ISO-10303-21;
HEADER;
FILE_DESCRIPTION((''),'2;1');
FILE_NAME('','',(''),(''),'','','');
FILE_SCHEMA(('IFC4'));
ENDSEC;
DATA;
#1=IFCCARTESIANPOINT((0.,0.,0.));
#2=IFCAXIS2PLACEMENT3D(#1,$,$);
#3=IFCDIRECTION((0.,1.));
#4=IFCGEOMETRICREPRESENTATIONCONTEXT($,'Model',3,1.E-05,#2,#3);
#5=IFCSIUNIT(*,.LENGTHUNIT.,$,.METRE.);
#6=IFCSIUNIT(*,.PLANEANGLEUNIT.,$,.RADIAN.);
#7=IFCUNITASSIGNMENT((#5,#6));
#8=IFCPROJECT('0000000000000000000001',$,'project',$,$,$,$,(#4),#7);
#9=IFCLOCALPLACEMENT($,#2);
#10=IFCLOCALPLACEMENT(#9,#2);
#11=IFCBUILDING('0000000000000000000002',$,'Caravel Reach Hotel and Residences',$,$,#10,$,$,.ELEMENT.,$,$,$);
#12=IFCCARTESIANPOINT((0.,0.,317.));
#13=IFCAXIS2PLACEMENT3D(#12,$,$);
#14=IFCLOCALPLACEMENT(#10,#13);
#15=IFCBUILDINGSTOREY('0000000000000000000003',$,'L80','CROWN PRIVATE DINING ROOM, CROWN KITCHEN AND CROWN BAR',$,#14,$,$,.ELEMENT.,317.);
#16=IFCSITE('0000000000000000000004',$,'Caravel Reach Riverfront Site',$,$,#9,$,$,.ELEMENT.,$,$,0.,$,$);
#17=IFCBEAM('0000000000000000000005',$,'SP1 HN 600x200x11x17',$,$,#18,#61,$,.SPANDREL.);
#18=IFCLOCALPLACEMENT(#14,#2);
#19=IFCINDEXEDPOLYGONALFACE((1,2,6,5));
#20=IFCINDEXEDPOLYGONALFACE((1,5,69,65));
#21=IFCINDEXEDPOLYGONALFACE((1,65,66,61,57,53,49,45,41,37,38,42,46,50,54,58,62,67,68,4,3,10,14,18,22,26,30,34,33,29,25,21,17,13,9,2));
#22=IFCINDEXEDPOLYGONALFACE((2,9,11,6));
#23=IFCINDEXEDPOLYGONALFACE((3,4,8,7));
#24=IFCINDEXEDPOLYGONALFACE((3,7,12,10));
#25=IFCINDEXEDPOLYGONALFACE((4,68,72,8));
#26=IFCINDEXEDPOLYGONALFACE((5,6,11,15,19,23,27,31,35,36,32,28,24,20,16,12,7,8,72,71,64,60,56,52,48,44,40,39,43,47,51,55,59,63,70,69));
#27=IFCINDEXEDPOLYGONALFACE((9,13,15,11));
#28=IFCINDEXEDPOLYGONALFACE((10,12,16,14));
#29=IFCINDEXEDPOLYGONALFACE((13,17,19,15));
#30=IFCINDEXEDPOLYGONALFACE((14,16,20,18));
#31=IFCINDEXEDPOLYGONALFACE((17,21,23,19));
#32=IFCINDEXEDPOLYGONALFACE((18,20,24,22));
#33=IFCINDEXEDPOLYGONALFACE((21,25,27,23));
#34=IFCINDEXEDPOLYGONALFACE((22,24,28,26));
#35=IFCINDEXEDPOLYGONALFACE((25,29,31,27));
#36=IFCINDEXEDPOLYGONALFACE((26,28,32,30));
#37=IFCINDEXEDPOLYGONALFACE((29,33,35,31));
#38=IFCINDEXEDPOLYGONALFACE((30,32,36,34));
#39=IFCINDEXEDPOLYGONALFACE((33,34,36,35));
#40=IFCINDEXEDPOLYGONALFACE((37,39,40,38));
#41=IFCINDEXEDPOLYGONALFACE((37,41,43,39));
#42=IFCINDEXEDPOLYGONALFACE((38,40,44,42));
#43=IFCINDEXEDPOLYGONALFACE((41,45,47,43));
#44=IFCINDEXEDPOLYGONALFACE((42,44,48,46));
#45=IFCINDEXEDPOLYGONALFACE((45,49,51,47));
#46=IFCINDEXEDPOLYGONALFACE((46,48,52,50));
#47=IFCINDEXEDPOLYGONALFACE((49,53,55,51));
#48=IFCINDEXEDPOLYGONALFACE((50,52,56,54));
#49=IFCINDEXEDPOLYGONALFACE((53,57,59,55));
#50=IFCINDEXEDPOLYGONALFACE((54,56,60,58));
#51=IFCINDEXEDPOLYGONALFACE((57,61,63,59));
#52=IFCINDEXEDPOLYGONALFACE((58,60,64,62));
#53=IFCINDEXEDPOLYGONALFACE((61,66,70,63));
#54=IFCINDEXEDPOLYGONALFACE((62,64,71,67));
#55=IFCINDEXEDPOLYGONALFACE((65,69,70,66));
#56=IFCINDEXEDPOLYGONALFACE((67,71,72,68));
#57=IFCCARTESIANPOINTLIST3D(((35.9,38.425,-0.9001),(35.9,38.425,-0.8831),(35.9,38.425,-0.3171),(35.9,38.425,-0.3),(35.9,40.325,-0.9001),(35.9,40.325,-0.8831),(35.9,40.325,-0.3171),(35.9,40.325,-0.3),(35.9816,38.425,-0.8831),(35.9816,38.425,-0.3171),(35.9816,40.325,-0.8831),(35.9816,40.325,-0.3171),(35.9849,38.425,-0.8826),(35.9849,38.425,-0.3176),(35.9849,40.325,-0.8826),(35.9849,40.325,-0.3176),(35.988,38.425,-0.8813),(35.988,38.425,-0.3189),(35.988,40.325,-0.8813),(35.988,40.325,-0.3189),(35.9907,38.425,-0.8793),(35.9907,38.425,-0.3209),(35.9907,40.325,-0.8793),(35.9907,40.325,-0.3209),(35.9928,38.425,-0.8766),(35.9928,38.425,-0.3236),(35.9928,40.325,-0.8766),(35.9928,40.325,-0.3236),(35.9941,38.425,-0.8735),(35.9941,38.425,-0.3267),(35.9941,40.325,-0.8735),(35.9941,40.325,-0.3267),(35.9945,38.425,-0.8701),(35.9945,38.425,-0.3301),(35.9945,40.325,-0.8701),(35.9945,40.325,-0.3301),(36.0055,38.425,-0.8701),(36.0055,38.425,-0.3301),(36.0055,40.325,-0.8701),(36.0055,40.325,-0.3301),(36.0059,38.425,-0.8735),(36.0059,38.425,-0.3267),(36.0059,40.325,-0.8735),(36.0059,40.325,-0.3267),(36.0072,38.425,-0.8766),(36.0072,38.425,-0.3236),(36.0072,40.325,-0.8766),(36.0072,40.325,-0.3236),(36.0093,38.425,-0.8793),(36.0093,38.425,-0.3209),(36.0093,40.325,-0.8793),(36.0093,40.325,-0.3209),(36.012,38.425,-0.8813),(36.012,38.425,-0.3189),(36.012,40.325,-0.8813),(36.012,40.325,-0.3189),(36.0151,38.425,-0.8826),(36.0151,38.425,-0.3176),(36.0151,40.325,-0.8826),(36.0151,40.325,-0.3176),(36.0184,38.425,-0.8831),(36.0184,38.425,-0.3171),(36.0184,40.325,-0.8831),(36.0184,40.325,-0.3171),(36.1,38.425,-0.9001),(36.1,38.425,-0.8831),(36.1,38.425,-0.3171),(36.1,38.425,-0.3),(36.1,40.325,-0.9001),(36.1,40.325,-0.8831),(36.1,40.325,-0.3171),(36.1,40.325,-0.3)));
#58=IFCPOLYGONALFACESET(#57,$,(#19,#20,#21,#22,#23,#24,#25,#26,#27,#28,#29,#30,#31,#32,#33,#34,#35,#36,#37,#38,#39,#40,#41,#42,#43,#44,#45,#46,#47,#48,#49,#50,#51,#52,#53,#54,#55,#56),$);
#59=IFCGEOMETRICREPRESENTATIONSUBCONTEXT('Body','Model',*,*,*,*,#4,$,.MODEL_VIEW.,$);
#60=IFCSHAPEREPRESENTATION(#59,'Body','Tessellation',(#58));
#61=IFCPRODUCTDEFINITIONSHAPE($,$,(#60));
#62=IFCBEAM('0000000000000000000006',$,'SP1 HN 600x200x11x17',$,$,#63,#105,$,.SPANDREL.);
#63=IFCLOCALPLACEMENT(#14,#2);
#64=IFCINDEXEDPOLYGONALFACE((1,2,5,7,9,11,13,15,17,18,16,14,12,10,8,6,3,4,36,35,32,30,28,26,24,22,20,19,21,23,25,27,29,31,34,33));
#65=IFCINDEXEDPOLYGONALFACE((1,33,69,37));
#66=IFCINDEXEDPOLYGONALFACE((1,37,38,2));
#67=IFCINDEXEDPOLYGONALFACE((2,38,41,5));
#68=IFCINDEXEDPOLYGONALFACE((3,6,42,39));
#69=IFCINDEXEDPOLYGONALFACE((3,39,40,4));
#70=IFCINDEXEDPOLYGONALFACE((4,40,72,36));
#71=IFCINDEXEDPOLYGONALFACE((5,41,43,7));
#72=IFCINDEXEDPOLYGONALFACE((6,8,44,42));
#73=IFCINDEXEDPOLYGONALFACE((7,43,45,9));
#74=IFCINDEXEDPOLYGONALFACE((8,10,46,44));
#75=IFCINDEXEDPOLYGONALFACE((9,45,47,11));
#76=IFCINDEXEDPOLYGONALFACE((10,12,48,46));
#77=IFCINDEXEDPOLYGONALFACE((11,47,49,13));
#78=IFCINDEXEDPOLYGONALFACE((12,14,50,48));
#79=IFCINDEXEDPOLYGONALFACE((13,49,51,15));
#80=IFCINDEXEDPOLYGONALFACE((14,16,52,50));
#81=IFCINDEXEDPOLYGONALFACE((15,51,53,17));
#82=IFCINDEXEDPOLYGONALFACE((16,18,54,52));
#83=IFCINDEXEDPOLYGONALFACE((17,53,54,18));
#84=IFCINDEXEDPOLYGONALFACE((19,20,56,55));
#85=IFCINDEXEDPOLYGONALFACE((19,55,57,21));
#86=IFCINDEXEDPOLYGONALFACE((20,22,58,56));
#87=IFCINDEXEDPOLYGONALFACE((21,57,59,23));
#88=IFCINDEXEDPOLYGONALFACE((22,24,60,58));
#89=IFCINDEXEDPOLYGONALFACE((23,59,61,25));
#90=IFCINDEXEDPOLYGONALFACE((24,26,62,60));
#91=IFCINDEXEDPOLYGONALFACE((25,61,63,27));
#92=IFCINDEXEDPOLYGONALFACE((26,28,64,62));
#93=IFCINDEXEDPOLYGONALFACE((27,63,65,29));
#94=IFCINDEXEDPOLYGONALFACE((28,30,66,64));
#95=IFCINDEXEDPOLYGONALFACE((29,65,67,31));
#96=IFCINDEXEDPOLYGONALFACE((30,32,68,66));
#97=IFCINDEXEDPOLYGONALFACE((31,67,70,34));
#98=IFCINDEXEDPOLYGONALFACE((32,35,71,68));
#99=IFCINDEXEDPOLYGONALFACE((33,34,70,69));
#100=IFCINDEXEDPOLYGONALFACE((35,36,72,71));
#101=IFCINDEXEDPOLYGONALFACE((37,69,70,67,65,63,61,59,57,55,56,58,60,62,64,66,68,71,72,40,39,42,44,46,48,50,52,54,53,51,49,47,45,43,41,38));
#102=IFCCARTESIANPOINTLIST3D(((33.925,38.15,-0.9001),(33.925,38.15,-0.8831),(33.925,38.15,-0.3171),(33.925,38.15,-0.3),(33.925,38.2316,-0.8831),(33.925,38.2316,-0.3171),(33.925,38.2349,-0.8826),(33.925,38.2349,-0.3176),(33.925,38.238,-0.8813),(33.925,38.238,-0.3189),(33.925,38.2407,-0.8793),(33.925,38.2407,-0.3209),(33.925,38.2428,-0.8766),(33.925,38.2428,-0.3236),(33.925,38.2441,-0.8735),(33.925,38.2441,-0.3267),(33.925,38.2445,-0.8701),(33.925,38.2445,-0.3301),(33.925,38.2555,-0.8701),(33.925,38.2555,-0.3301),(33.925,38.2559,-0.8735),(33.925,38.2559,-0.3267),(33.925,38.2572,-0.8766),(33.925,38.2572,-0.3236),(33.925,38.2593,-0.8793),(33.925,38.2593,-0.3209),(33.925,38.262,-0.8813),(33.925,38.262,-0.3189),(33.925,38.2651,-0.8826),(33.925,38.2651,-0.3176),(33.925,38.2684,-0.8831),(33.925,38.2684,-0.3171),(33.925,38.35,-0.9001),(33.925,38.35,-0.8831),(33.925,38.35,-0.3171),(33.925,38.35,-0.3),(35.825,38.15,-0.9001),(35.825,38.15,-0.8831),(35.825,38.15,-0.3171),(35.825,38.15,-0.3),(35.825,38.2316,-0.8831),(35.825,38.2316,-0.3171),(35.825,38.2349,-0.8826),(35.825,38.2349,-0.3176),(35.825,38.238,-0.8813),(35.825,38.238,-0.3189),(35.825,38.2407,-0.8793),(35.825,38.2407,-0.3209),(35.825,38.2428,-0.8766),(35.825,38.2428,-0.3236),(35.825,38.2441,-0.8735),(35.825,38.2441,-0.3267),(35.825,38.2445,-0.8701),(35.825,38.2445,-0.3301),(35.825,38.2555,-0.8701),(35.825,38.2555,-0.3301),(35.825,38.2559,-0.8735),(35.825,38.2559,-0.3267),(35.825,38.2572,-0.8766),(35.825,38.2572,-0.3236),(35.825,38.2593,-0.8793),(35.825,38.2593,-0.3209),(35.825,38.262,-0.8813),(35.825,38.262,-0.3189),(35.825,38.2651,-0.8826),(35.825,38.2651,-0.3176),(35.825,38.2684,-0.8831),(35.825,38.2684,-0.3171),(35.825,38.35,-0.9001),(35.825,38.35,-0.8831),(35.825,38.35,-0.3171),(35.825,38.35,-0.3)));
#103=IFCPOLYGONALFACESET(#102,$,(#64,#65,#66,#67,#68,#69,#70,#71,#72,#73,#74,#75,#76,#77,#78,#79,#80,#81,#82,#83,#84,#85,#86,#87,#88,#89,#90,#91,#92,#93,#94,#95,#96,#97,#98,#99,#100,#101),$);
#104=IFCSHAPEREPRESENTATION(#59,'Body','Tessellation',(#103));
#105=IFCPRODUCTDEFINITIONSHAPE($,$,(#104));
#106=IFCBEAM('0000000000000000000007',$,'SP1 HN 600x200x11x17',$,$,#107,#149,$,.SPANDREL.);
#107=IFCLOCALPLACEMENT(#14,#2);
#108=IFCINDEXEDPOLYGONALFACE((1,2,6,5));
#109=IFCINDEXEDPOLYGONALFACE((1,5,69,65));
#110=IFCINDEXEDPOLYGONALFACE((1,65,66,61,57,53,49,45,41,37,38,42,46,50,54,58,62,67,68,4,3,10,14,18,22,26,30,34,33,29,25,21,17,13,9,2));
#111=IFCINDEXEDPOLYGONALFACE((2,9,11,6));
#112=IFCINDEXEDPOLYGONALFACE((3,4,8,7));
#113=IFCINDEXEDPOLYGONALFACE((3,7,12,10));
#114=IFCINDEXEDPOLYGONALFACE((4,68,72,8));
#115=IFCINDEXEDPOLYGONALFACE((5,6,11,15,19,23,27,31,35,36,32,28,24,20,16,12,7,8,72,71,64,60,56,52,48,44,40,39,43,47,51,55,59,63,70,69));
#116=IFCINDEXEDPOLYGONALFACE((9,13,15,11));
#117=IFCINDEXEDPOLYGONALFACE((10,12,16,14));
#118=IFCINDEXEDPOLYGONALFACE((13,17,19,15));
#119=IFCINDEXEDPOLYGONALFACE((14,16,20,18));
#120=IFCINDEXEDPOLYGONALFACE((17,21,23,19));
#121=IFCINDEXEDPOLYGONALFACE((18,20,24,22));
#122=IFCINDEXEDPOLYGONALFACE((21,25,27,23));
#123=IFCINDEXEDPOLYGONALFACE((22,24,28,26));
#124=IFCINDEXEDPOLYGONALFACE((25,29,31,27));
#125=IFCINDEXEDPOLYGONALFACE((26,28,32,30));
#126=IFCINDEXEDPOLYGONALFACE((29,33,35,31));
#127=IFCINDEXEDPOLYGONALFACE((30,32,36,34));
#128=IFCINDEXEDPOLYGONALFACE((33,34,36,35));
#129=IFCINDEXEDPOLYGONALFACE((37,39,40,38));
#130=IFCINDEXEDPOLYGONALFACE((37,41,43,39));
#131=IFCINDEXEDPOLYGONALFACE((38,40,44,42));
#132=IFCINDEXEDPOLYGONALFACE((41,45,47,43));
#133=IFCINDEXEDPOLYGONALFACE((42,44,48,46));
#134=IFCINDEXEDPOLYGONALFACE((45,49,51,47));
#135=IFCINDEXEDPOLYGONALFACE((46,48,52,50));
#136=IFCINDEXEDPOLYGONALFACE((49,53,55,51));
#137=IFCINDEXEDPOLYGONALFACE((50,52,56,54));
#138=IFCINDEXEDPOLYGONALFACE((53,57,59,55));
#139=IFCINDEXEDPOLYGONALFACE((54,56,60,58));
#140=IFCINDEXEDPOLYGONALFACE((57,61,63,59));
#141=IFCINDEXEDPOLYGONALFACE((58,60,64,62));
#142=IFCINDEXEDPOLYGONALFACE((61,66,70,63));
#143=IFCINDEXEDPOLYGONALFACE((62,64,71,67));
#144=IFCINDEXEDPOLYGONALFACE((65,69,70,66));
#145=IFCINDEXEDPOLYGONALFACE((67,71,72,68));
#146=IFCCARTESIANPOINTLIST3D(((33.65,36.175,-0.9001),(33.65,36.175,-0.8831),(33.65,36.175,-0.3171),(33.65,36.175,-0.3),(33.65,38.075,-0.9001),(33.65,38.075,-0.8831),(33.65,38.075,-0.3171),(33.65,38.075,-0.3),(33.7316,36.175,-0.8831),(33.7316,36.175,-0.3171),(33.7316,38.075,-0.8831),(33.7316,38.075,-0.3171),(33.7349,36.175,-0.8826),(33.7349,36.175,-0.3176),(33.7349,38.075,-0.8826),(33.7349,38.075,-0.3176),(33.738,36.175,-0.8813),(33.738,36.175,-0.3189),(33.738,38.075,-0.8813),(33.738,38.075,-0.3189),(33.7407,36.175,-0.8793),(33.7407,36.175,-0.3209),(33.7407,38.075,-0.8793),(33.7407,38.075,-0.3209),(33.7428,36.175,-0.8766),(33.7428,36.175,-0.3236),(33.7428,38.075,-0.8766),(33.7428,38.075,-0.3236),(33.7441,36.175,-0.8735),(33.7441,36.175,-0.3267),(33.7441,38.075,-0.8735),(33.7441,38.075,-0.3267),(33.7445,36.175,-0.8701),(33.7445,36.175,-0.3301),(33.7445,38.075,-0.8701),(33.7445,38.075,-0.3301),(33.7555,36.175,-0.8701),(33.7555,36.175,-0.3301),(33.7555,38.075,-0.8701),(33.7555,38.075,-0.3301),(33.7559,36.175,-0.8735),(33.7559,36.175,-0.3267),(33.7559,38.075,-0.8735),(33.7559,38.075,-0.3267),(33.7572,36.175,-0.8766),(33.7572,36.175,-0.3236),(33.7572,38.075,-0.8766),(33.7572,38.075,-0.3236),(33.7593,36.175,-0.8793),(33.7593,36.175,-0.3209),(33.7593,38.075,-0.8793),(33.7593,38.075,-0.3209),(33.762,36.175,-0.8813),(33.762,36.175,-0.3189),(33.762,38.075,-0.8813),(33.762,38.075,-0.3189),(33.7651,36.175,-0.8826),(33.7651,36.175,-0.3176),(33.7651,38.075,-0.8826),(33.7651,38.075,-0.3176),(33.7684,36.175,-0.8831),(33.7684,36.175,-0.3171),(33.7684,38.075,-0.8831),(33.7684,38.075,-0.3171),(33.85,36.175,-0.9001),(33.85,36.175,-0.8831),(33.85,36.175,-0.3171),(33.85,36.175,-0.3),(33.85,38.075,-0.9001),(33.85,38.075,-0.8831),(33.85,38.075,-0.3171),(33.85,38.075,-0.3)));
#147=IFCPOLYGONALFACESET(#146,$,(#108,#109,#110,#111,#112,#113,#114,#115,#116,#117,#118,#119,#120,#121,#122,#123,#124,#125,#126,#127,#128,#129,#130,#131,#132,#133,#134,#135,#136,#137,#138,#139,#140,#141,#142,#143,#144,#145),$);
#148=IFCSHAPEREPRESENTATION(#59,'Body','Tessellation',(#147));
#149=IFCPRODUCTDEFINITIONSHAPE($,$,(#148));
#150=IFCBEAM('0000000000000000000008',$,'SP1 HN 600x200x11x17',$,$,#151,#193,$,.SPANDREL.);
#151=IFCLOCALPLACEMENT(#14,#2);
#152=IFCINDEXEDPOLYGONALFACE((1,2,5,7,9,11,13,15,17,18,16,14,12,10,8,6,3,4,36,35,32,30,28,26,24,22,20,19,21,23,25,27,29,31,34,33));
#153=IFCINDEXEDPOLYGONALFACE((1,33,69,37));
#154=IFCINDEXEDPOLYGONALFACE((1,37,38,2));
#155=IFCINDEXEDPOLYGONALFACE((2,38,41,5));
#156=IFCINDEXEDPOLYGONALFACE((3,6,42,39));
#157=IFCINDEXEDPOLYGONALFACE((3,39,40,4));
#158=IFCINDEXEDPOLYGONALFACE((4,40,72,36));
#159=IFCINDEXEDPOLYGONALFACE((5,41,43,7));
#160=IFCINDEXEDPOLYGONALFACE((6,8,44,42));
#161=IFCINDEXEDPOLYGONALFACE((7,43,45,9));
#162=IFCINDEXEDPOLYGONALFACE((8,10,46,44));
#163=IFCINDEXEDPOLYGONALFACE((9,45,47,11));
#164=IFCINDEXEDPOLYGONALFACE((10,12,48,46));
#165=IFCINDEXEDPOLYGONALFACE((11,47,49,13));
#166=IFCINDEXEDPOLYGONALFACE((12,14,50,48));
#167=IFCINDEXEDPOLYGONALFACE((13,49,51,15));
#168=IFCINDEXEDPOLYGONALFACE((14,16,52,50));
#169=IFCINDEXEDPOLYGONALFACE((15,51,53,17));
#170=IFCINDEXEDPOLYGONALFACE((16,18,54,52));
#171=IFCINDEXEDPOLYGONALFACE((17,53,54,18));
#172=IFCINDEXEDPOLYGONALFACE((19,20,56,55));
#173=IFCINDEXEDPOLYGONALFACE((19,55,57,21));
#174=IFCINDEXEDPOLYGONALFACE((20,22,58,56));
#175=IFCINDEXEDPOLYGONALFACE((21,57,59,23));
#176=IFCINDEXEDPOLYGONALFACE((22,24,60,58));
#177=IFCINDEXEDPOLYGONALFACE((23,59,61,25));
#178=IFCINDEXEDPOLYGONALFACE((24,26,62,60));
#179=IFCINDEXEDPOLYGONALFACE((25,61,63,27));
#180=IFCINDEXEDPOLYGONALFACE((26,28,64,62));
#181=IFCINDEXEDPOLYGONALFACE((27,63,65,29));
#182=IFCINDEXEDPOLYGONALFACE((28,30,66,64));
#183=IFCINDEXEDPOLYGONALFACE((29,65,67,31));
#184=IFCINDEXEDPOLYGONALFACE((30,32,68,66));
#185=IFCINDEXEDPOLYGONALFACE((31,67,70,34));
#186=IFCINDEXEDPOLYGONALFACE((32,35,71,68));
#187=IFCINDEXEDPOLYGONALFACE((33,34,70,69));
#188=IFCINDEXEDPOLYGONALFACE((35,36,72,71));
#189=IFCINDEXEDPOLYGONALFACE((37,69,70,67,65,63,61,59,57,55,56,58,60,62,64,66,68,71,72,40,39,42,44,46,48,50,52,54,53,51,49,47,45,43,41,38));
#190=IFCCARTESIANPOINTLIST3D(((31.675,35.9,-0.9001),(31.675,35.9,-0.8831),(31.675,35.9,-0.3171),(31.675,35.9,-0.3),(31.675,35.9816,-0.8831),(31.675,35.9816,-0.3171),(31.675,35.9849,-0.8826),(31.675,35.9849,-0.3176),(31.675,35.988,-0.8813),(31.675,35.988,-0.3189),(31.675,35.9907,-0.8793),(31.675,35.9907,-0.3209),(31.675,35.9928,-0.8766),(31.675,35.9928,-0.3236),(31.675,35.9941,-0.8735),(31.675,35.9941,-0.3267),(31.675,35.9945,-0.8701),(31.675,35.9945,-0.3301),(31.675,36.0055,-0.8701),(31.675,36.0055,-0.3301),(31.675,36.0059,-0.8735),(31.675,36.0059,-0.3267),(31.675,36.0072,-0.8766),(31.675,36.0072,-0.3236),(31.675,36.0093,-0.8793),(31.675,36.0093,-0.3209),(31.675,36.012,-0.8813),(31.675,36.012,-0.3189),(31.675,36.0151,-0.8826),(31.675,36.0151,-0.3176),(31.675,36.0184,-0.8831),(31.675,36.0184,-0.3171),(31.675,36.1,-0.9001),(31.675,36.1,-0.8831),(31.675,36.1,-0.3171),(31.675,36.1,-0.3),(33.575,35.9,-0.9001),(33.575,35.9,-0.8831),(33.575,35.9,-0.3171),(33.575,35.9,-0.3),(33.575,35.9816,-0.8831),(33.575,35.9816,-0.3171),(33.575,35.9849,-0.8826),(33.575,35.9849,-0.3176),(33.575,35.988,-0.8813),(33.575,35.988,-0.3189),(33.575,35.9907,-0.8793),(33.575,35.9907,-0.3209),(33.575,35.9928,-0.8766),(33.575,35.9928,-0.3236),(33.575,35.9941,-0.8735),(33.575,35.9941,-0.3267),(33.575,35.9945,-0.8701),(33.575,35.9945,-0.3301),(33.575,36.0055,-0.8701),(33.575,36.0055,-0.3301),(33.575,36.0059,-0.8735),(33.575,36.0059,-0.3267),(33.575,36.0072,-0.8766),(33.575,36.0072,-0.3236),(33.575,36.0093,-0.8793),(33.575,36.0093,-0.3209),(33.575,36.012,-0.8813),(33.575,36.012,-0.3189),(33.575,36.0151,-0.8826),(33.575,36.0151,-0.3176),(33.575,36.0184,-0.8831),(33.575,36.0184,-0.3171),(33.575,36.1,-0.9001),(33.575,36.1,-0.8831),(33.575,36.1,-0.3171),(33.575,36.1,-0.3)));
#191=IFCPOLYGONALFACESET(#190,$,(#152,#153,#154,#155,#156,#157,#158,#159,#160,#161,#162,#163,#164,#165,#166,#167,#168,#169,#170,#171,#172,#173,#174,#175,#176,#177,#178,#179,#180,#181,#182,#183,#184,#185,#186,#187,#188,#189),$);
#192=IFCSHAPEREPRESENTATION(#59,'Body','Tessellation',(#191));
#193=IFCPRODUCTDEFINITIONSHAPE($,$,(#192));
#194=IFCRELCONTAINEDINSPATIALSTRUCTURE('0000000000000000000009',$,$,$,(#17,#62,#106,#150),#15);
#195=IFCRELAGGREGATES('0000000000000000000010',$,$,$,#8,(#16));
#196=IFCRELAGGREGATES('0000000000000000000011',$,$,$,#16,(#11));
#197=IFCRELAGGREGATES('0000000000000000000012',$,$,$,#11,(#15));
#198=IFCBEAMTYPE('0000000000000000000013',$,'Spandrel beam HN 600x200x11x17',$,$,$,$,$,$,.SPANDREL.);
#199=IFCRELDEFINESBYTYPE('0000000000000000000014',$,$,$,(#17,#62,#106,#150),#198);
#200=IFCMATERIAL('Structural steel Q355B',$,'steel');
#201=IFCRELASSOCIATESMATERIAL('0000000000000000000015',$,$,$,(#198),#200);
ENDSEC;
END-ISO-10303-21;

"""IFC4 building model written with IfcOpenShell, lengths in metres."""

from ifc_helpers import new_model, si_unit, direction, frame, origin, origin_2d, place, context, subcontext, project, spatial, i_section, extrude, material, material_profile, profile_set, type_object, element, save


model = new_model("IFC4")

# Units and contexts
model_context = context("Model", 3, precision=1e-05, world=origin(), true_north=direction((0.0, 1.0)))
body_context = subcontext(model_context, "Body", "Model", "MODEL_VIEW")
ifc_project = project(units=[si_unit("LENGTHUNIT", "METRE"), si_unit("PLANEANGLEUNIT", "RADIAN")], contexts=[model_context])

# Site, building, storey
site_placement = place(None, origin())
site = spatial("IfcSite", under=ifc_project, at=site_placement, Name="Caravel Reach Riverfront Site", CompositionType="ELEMENT", RefElevation=0.0)
building_placement = place(site_placement, origin())
building = spatial("IfcBuilding", under=site, at=building_placement, Name="Caravel Reach Hotel and Residences", CompositionType="ELEMENT")
storey_placement = place(building_placement, frame((0.0, 0.0, 317.0)))
storey = spatial("IfcBuildingStorey", under=building, at=storey_placement, Name="L80", Description="CROWN PRIVATE DINING ROOM, CROWN KITCHEN AND CROWN BAR", CompositionType="ELEMENT", Elevation=317.0)

# Beams
ifc_material_1 = material(Name="Structural steel Q355B", Category="steel")
ifc_material_profile_1 = material_profile(ifc_material_1, i_section(OverallWidth=0.2, OverallDepth=0.6001, WebThickness=0.011, FlangeThickness=0.0171, FilletRadius=0.0129, at=origin_2d()), Name="HN 600x200x11x17")
ifc_profile_set_1 = profile_set([ifc_material_profile_1], Name="Structural steel Q355B")
beam_type_1 = type_object("IfcBeamType", Name="Spandrel beam HN 600x200x11x17", PredefinedType="SPANDREL", material=ifc_profile_set_1)
for number, where, z_axis, x_axis, name in (
    (1, (36.0, 40.325, -0.6001), (0.0, -1.0, 0.0), (1.0, 0.0, 0.0), "SP1 HN 600x200x11x17"),
    (2, (35.825, 38.25, -0.6001), (-1.0, 0.0, 0.0), (0.0, -1.0, 0.0), "SP1 HN 600x200x11x17"),
    (3, (33.75, 38.075, -0.6001), (0.0, -1.0, 0.0), (1.0, 0.0, 0.0), "SP1 HN 600x200x11x17"),
    (4, (33.575, 36.0, -0.6001), (-1.0, 0.0, 0.0), (0.0, -1.0, 0.0), "SP1 HN 600x200x11x17"),
):
    element("IfcBeam", number, at=place(storey_placement, frame(where, z_axis=z_axis, x_axis=x_axis)), inside=storey, type_object=beam_type_1, Name=name, PredefinedType="SPANDREL", context=body_context, shape_type="SweptSolid", body=[
        extrude(i_section(OverallWidth=0.2, OverallDepth=0.6001, WebThickness=0.011, FlangeThickness=0.0171, FilletRadius=0.0129, at=origin_2d()), origin(), (0.0, 0.0, 1.0), 1.8999),
    ])

save(model, "model.ifc")
